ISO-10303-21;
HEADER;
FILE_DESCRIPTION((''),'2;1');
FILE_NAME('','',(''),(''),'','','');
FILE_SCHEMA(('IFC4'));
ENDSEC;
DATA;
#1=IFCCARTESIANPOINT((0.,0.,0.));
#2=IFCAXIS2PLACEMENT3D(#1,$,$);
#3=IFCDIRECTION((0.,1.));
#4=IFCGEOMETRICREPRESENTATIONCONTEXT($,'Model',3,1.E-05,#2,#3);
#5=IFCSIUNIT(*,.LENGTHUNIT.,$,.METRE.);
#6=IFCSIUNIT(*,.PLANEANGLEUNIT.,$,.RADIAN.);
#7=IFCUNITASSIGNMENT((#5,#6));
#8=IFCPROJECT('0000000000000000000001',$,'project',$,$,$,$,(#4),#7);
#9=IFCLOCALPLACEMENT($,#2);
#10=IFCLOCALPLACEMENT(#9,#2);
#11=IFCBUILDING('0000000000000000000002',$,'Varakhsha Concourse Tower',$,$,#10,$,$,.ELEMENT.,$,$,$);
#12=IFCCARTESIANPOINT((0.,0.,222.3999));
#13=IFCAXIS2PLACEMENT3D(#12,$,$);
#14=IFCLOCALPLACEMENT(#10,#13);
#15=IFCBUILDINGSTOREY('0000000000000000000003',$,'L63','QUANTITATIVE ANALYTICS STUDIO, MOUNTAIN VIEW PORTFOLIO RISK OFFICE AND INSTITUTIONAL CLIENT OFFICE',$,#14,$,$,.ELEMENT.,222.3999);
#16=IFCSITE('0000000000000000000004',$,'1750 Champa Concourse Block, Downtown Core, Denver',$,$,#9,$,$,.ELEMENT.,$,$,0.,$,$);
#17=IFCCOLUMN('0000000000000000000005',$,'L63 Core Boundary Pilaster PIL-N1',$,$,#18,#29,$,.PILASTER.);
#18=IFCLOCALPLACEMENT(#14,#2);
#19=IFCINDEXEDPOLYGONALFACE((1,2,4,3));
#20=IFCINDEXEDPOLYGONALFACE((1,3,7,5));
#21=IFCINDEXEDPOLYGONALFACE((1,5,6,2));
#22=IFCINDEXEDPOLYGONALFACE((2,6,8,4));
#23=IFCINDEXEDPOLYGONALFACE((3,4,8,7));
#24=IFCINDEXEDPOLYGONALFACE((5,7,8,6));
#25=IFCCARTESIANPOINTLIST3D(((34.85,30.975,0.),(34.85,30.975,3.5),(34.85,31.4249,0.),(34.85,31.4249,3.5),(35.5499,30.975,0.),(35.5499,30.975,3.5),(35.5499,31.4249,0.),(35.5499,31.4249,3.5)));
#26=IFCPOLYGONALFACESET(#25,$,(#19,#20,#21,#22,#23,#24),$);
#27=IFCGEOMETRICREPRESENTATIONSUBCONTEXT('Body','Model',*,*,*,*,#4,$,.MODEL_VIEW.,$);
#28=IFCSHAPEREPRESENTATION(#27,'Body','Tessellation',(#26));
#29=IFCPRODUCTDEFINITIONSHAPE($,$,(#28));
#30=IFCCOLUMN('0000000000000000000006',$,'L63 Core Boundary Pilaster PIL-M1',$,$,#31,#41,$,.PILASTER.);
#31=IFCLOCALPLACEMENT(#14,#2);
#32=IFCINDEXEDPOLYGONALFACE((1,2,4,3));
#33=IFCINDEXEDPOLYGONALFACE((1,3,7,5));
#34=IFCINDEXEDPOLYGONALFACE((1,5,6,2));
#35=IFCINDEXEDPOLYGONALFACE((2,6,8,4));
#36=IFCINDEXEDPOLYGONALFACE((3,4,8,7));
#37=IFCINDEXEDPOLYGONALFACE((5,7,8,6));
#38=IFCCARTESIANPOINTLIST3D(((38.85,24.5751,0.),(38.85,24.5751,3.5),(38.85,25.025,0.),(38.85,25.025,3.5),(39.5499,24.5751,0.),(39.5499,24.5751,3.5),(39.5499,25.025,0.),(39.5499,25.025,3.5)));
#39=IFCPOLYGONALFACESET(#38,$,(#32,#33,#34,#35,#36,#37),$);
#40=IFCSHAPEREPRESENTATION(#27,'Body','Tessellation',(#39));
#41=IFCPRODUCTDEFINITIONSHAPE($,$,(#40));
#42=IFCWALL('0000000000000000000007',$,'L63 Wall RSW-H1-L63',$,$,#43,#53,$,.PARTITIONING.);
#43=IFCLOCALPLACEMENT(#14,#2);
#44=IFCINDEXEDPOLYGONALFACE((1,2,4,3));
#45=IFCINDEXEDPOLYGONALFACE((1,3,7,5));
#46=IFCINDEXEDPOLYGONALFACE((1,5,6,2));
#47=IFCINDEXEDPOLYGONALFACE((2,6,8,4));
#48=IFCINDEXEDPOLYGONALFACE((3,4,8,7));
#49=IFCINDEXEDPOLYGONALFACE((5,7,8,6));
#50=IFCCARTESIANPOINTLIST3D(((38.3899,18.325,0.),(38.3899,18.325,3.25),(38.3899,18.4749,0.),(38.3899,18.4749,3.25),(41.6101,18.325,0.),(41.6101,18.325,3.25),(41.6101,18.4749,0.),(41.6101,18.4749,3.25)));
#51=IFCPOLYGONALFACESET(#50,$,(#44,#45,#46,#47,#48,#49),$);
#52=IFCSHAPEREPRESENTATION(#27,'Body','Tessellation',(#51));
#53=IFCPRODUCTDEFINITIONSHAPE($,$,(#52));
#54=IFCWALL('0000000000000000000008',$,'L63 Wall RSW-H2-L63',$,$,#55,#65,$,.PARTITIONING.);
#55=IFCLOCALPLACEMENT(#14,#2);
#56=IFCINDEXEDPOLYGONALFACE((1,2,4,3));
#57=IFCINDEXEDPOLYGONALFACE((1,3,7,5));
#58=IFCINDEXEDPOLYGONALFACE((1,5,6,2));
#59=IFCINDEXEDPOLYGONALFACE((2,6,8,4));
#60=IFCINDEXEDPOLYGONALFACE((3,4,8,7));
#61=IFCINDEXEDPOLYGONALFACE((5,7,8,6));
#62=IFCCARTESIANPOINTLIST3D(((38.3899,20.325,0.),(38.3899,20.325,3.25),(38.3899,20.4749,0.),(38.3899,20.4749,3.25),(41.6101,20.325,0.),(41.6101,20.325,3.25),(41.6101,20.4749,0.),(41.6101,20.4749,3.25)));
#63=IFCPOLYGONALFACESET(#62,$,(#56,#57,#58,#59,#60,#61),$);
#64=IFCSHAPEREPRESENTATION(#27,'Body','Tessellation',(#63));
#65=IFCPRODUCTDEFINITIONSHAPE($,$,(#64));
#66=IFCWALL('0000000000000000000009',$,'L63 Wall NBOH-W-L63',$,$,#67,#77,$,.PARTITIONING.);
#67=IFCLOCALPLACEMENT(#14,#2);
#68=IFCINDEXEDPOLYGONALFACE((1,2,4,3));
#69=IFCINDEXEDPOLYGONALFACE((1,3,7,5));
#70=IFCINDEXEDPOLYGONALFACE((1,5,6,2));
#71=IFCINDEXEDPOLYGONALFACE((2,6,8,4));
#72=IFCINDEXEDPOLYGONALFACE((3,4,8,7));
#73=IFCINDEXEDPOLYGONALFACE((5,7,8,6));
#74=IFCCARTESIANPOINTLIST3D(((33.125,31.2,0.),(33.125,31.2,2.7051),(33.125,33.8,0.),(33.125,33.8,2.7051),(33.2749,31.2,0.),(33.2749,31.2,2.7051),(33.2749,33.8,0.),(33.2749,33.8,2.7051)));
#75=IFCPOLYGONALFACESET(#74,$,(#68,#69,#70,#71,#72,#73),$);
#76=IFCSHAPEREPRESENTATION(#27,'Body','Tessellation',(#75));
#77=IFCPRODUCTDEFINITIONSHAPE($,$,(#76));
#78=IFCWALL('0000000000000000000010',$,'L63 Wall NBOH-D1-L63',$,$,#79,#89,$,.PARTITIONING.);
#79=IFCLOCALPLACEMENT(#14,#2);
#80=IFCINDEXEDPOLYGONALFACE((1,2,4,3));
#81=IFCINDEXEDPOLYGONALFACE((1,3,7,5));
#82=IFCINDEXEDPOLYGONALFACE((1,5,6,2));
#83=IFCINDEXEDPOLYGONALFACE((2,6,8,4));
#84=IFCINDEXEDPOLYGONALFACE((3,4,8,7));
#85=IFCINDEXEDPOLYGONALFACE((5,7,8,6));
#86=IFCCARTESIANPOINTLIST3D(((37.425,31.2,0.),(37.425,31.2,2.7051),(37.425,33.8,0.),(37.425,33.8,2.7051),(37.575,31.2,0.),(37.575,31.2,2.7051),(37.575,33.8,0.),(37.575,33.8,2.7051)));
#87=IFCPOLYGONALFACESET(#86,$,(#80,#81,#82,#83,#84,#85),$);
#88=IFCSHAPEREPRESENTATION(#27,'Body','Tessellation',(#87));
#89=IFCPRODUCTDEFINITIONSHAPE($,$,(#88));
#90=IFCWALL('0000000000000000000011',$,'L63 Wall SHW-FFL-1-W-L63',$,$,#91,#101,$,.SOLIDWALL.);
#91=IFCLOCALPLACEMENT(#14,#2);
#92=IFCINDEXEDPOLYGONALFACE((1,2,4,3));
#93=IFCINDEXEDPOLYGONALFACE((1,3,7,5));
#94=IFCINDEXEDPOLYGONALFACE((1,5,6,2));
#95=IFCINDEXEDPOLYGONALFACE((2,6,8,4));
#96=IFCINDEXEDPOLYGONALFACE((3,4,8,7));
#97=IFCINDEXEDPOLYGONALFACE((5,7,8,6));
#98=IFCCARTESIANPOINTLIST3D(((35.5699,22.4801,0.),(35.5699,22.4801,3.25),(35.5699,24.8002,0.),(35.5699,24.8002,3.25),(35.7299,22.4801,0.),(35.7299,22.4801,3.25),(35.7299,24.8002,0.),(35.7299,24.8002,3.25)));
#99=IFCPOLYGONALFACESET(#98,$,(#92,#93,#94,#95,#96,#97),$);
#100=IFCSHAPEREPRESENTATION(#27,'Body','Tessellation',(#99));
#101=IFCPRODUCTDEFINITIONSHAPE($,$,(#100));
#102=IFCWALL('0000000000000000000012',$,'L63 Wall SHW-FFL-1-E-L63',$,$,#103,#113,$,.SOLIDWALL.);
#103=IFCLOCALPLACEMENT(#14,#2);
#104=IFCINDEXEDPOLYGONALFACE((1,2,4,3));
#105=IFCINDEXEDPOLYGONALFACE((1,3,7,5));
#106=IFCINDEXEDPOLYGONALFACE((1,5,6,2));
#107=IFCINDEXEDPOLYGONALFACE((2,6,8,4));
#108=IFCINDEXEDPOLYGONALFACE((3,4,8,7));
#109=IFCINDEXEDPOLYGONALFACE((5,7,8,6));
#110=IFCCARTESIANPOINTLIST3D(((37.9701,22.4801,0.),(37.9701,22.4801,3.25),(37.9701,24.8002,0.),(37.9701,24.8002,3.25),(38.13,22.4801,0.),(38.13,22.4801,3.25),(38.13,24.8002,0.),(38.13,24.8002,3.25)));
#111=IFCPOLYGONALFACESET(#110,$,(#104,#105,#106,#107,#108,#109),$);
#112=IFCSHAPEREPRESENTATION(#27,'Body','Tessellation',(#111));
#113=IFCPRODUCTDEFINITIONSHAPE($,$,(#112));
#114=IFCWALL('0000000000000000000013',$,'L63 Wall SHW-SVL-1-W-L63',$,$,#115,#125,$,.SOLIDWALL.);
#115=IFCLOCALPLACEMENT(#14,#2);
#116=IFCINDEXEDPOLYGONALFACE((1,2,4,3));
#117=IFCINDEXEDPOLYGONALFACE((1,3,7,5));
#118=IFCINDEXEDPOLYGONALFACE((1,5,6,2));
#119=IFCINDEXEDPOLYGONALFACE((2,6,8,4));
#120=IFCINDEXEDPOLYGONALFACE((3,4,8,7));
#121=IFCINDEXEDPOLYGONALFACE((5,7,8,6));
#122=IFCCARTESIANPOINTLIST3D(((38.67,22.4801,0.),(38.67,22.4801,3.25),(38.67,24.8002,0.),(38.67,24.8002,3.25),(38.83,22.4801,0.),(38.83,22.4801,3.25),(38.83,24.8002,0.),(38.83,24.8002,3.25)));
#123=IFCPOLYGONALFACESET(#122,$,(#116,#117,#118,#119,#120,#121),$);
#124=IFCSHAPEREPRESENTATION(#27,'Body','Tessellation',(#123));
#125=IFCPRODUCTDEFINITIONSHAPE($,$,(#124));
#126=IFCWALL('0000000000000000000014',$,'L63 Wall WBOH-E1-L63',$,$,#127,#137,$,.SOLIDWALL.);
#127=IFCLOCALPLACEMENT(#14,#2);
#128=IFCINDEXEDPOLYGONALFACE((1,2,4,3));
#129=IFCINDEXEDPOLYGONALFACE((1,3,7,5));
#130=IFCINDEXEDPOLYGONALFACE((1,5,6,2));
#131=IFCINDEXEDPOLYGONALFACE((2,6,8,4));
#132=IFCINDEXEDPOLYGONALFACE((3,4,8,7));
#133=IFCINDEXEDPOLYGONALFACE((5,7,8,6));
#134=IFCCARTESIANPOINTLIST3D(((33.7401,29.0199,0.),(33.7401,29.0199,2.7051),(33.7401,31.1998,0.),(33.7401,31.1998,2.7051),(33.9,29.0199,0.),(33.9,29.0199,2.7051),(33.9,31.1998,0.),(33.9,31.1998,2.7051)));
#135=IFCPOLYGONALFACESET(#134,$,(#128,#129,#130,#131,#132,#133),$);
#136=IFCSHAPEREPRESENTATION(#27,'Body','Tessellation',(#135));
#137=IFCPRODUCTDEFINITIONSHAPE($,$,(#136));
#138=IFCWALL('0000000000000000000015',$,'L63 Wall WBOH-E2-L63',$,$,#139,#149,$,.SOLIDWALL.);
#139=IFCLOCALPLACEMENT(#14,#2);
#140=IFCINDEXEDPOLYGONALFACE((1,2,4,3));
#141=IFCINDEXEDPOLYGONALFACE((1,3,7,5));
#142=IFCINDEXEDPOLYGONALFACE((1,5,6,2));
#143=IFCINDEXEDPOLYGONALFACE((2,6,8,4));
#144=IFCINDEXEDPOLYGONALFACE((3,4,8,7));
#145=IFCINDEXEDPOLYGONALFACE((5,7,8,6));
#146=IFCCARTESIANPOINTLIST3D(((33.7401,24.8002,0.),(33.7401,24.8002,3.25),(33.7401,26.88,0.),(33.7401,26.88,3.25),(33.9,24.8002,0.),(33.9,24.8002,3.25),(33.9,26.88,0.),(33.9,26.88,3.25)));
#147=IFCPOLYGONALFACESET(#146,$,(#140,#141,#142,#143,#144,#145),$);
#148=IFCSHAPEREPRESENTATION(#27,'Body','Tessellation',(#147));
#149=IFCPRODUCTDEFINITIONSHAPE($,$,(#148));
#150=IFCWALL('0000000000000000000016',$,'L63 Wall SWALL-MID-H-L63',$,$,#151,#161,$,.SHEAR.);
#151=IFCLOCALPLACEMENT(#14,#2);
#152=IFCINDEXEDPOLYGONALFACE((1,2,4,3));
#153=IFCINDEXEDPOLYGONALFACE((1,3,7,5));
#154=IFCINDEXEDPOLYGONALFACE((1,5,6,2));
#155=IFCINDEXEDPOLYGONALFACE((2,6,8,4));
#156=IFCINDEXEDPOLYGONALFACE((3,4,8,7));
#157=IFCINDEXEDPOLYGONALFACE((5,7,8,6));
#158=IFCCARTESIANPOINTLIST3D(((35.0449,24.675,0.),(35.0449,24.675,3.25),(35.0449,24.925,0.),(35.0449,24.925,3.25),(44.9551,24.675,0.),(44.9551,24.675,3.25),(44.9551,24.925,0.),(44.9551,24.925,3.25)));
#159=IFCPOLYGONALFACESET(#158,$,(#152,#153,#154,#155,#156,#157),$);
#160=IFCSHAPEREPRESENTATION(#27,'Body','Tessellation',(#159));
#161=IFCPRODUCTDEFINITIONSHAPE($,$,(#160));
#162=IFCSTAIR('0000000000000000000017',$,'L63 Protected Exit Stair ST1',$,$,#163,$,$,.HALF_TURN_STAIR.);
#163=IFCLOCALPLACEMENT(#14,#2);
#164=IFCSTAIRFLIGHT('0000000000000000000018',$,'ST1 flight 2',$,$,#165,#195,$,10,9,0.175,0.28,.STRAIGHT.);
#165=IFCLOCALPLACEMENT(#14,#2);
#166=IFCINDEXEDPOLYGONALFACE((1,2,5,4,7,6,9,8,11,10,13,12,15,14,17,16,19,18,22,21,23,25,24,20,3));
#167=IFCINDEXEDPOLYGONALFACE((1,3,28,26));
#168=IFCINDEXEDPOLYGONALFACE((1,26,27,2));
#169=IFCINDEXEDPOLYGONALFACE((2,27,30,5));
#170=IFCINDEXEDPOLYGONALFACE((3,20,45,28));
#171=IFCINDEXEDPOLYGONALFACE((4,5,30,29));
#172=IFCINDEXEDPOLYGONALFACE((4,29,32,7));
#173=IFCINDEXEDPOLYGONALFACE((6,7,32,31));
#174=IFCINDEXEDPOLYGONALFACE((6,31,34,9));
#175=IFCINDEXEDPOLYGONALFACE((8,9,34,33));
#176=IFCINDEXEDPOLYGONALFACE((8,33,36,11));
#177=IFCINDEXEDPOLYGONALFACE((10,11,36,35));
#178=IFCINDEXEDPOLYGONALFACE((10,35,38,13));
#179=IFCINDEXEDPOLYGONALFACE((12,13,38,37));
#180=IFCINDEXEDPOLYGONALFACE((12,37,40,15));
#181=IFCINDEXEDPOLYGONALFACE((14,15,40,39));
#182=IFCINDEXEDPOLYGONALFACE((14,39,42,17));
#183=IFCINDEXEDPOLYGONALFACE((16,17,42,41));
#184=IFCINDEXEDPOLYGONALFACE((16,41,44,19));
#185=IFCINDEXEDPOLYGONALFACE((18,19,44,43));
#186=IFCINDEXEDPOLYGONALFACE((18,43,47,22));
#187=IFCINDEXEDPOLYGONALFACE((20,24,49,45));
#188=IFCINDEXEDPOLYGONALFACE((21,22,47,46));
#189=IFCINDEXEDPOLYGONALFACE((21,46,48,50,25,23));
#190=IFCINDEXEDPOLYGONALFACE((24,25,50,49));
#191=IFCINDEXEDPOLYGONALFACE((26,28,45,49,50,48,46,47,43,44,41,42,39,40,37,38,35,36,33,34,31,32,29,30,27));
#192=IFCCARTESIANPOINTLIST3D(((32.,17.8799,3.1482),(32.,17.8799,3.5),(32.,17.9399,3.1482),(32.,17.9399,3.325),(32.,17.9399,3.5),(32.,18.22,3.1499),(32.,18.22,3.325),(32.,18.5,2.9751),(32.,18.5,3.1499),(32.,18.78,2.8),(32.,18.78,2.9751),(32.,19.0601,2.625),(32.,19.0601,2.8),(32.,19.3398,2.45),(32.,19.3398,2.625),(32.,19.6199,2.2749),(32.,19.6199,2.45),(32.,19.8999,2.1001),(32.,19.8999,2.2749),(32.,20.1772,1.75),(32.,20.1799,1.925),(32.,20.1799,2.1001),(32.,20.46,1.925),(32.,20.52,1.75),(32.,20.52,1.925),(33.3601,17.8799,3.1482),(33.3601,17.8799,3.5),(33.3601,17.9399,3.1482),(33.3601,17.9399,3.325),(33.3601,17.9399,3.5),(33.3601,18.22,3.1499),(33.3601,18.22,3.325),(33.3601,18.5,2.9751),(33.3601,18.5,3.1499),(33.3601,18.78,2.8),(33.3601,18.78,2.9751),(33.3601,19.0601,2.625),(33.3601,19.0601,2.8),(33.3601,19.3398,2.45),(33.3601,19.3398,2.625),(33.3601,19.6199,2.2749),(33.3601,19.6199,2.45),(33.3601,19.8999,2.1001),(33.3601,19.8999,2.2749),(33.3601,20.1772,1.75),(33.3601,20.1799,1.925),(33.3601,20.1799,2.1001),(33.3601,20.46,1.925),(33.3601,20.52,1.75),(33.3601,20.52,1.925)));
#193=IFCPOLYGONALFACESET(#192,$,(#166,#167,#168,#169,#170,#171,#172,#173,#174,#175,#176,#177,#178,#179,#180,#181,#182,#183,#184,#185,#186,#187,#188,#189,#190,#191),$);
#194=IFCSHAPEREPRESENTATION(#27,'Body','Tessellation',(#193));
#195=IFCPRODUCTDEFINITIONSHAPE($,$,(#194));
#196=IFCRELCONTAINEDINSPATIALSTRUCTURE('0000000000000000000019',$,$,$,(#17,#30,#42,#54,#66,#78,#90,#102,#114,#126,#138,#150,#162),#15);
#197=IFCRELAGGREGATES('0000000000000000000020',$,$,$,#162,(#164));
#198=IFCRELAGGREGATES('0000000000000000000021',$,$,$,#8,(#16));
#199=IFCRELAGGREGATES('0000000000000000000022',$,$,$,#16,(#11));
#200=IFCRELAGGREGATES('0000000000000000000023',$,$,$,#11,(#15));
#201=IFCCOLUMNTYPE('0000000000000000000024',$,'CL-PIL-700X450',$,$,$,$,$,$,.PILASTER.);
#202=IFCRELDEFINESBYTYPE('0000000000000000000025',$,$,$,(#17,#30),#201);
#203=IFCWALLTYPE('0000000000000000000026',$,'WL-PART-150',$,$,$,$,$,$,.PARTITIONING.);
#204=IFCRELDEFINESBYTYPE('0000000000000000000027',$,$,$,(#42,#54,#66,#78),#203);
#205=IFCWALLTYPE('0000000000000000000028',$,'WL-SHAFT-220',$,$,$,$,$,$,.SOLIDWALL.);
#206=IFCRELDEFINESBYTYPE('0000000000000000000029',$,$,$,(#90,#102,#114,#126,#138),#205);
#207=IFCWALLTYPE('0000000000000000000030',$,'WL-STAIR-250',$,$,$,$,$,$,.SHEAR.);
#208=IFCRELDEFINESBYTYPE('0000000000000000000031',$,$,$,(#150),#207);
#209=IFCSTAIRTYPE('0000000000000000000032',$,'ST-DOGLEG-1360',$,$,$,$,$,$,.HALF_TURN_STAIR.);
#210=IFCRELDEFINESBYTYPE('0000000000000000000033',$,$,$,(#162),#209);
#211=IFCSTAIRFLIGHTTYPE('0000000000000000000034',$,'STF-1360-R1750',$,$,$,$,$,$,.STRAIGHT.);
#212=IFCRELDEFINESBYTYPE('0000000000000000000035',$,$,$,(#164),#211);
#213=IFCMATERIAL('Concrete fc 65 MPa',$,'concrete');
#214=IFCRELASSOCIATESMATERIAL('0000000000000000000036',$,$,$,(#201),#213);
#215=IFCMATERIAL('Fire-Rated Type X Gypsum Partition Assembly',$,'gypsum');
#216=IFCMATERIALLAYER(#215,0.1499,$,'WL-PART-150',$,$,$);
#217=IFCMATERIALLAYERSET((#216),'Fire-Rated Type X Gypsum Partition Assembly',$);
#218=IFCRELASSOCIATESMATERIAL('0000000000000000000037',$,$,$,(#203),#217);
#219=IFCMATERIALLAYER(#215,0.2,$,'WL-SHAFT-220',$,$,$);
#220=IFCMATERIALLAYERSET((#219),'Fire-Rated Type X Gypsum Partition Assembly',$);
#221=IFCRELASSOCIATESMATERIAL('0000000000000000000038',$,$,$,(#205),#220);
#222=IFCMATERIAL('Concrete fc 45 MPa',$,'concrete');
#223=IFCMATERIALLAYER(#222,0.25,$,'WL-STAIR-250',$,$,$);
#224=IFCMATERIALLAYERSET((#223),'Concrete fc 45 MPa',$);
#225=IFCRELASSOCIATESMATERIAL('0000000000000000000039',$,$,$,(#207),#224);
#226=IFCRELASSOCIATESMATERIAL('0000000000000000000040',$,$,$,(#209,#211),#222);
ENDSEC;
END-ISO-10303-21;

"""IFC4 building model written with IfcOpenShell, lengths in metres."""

from ifc_helpers import new_model, si_unit, direction, frame, frame_2d, origin, origin_2d, place, context, subcontext, project, spatial, polyline, rectangle, outline, extrude, material, layer, layer_set, material_profile, profile_set, type_object, element, aggregate, save


model = new_model("IFC4")

# Units and contexts
model_context = context("Model", 3, precision=1e-05, world=origin(), true_north=direction((0.0, 1.0)))
body_context = subcontext(model_context, "Body", "Model", "MODEL_VIEW")
ifc_project = project(units=[si_unit("LENGTHUNIT", "METRE"), si_unit("PLANEANGLEUNIT", "RADIAN")], contexts=[model_context])

# Site, building, storey
site_placement = place(None, origin())
site = spatial("IfcSite", under=ifc_project, at=site_placement, Name="1750 Champa Concourse Block, Downtown Core, Denver", CompositionType="ELEMENT", RefElevation=0.0)
building_placement = place(site_placement, origin())
building = spatial("IfcBuilding", under=site, at=building_placement, Name="Varakhsha Concourse Tower", CompositionType="ELEMENT")
storey_placement = place(building_placement, frame((0.0, 0.0, 222.3999)))
storey = spatial("IfcBuildingStorey", under=building, at=storey_placement, Name="L63", Description="QUANTITATIVE ANALYTICS STUDIO, MOUNTAIN VIEW PORTFOLIO RISK OFFICE AND INSTITUTIONAL CLIENT OFFICE", CompositionType="ELEMENT", Elevation=222.3999)

# Columns
ifc_material_1 = material(Name="Concrete fc 65 MPa", Category="concrete")
ifc_material_profile = material_profile(ifc_material_1, rectangle(XDim=0.7, YDim=0.45, at=origin_2d()), Name="RC 700x450")
ifc_profile_set = profile_set([ifc_material_profile], Name="Concrete fc 65 MPa")
column_type = type_object("IfcColumnType", Name="CL-PIL-700X450", PredefinedType="PILASTER", material=ifc_profile_set)
for number, where, z_axis, x_axis, name in (
    (1, (35.2, 31.2, 0.0), (0.0, 0.0, 1.0), (1.0, 0.0, 0.0), "L63 Core Boundary Pilaster PIL-N1"),
    (2, (39.2, 24.8, 0.0), (0.0, 0.0, 1.0), (1.0, 0.0, 0.0), "L63 Core Boundary Pilaster PIL-M1"),
):
    element("IfcColumn", number, at=place(storey_placement, frame(where, z_axis=z_axis, x_axis=x_axis)), inside=storey, type_object=column_type, Name=name, PredefinedType="PILASTER", context=body_context, shape_type="SweptSolid", body=[
        extrude(rectangle(XDim=0.7, YDim=0.45, at=origin_2d()), origin(), (0.0, 0.0, 1.0), 3.5),
    ])

# Walls
ifc_material_2 = material(Name="Fire-Rated Type X Gypsum Partition Assembly", Category="gypsum")
ifc_layer_1 = layer(ifc_material_2, 0.1499, Name="WL-PART-150")
ifc_layer_set_1 = layer_set([ifc_layer_1], Name="Fire-Rated Type X Gypsum Partition Assembly")
wall_type_1 = type_object("IfcWallType", Name="WL-PART-150", PredefinedType="PARTITIONING", material=ifc_layer_set_1)
for number, where, z_axis, x_axis, name in (
    (3, (38.3899, 18.3999, 0.0), (0.0, 0.0, 1.0), (1.0, 0.0, 0.0), "L63 Wall RSW-H1-L63"),
    (4, (38.3899, 20.3999, 0.0), (0.0, 0.0, 1.0), (1.0, 0.0, 0.0), "L63 Wall RSW-H2-L63"),
):
    element("IfcWall", number, at=place(storey_placement, frame(where, z_axis=z_axis, x_axis=x_axis)), inside=storey, type_object=wall_type_1, Name=name, PredefinedType="PARTITIONING", context=body_context, shape_type="SweptSolid", body=[
        extrude(rectangle(XDim=3.2202, YDim=0.1499, at=frame_2d((1.6101, 0.0))), origin(), (0.0, 0.0, 1.0), 3.25),
    ])
for number, where, z_axis, x_axis, name in (
    (5, (33.2, 31.2, 0.0), (0.0, 0.0, 1.0), (0.0, 1.0, 0.0), "L63 Wall NBOH-W-L63"),
    (6, (37.5, 31.2, 0.0), (0.0, 0.0, 1.0), (0.0, 1.0, 0.0), "L63 Wall NBOH-D1-L63"),
):
    element("IfcWall", number, at=place(storey_placement, frame(where, z_axis=z_axis, x_axis=x_axis)), inside=storey, type_object=wall_type_1, Name=name, PredefinedType="PARTITIONING", context=body_context, shape_type="SweptSolid", body=[
        extrude(rectangle(XDim=2.6001, YDim=0.1499, at=frame_2d((1.3, 0.0))), origin(), (0.0, 0.0, 1.0), 2.7051),
    ])

# Shared definitions
ifc_layer_2 = layer(ifc_material_2, 0.2, Name="WL-SHAFT-220")
ifc_layer_set_2 = layer_set([ifc_layer_2], Name="Fire-Rated Type X Gypsum Partition Assembly")
wall_type_2 = type_object("IfcWallType", Name="WL-SHAFT-220", PredefinedType="SOLIDWALL", material=ifc_layer_set_2)

# Walls
for number, where, z_axis, x_axis, name in (
    (7, (35.6499, 22.48, 0.0), (0.0, 0.0, 1.0), (0.0, 1.0, 0.0), "L63 Wall SHW-FFL-1-W-L63"),
    (8, (38.05, 22.48, 0.0), (0.0, 0.0, 1.0), (0.0, 1.0, 0.0), "L63 Wall SHW-FFL-1-E-L63"),
    (9, (38.75, 22.48, 0.0), (0.0, 0.0, 1.0), (0.0, 1.0, 0.0), "L63 Wall SHW-SVL-1-W-L63"),
):
    element("IfcWall", number, at=place(storey_placement, frame(where, z_axis=z_axis, x_axis=x_axis)), inside=storey, type_object=wall_type_2, Name=name, PredefinedType="SOLIDWALL", context=body_context, shape_type="SweptSolid", body=[
        extrude(rectangle(XDim=2.3201, YDim=0.1599, at=frame_2d((1.1602, 0.0))), origin(), (0.0, 0.0, 1.0), 3.25),
    ])
wall_1_placement = place(storey_placement, frame((33.8201, 29.02, 0.0), z_axis=(0.0, 0.0, 1.0), x_axis=(0.0, 1.0, 0.0)))
element("IfcWall", 10, at=wall_1_placement, inside=storey, type_object=wall_type_2, Name="L63 Wall WBOH-E1-L63", PredefinedType="SOLIDWALL", context=body_context, shape_type="SweptSolid", body=[
    extrude(rectangle(XDim=2.1799, YDim=0.1599, at=frame_2d((1.0898, 0.0))), origin(), (0.0, 0.0, 1.0), 2.7051),
])
wall_2_placement = place(storey_placement, frame((33.8201, 24.8, 0.0), z_axis=(0.0, 0.0, 1.0), x_axis=(0.0, 1.0, 0.0)))
element("IfcWall", 11, at=wall_2_placement, inside=storey, type_object=wall_type_2, Name="L63 Wall WBOH-E2-L63", PredefinedType="SOLIDWALL", context=body_context, shape_type="SweptSolid", body=[
    extrude(rectangle(XDim=2.0798, YDim=0.1599, at=frame_2d((1.04, 0.0))), origin(), (0.0, 0.0, 1.0), 3.25),
])
ifc_material_3 = material(Name="Concrete fc 45 MPa", Category="concrete")
ifc_layer_3 = layer(ifc_material_3, 0.25, Name="WL-STAIR-250")
ifc_layer_set_3 = layer_set([ifc_layer_3], Name="Concrete fc 45 MPa")
wall_type_3 = type_object("IfcWallType", Name="WL-STAIR-250", PredefinedType="SHEAR", material=ifc_layer_set_3)
wall_3_placement = place(storey_placement, frame((35.0449, 24.8, 0.0), z_axis=(0.0, 0.0, 1.0), x_axis=(1.0, 0.0, 0.0)))
element("IfcWall", 12, at=wall_3_placement, inside=storey, type_object=wall_type_3, Name="L63 Wall SWALL-MID-H-L63", PredefinedType="SHEAR", context=body_context, shape_type="SweptSolid", body=[
    extrude(rectangle(XDim=9.9102, YDim=0.25, at=frame_2d((4.9551, 0.0))), origin(), (0.0, 0.0, 1.0), 3.25),
])

# Stair, stair flight
stair_type = type_object("IfcStairType", Name="ST-DOGLEG-1360", PredefinedType="HALF_TURN_STAIR", material=ifc_material_3)
stair_placement = place(storey_placement, origin())
stair = element("IfcStair", 13, at=stair_placement, inside=storey, type_object=stair_type, Name="L63 Protected Exit Stair ST1", PredefinedType="HALF_TURN_STAIR")
stair_flight_type = type_object("IfcStairFlightType", Name="STF-1360-R1750", PredefinedType="STRAIGHT", material=ifc_material_3)
stair_flight_placement = place(storey_placement, frame((32.6799, 20.46, 1.75), z_axis=(0.0, 0.0, 1.0), x_axis=(0.0, -1.0, 0.0)))
stair_flight = element("IfcStairFlight", 14, at=stair_flight_placement, type_object=stair_flight_type, Name="ST1 flight 2", NumberOfRisers=10, NumberOfTreads=9, PredefinedType="STRAIGHT", RiserHeight=0.175, TreadLength=0.28, context=body_context, shape_type="SweptSolid", body=[
    extrude(outline(polyline([(-0.0601, 0.0), (-0.0601, 0.175), (0.0, 0.175), (0.28, 0.175), (0.28, 0.3501), (0.5601, 0.3501), (0.5601, 0.5249), (0.8401, 0.5249), (0.8401, 0.7), (1.1201, 0.7), (1.1201, 0.875), (1.3999, 0.875), (1.3999, 1.05), (1.6799, 1.05), (1.6799, 1.2251), (1.96, 1.2251), (1.96, 1.3999), (2.24, 1.3999), (2.24, 1.575), (2.52, 1.575), (2.52, 1.75), (2.5801, 1.75), (2.5801, 1.3982), (2.52, 1.3982), (0.2827, 0.0), (-0.0601, 0.0)])), frame((0.0, 0.6802, 0.0), z_axis=(0.0, -1.0, 0.0), x_axis=(1.0, 0.0, 0.0)), (0.0, 0.0, 1.0), 1.3601),
])
aggregate(stair, [stair_flight])

save(model, "model.ifc")
